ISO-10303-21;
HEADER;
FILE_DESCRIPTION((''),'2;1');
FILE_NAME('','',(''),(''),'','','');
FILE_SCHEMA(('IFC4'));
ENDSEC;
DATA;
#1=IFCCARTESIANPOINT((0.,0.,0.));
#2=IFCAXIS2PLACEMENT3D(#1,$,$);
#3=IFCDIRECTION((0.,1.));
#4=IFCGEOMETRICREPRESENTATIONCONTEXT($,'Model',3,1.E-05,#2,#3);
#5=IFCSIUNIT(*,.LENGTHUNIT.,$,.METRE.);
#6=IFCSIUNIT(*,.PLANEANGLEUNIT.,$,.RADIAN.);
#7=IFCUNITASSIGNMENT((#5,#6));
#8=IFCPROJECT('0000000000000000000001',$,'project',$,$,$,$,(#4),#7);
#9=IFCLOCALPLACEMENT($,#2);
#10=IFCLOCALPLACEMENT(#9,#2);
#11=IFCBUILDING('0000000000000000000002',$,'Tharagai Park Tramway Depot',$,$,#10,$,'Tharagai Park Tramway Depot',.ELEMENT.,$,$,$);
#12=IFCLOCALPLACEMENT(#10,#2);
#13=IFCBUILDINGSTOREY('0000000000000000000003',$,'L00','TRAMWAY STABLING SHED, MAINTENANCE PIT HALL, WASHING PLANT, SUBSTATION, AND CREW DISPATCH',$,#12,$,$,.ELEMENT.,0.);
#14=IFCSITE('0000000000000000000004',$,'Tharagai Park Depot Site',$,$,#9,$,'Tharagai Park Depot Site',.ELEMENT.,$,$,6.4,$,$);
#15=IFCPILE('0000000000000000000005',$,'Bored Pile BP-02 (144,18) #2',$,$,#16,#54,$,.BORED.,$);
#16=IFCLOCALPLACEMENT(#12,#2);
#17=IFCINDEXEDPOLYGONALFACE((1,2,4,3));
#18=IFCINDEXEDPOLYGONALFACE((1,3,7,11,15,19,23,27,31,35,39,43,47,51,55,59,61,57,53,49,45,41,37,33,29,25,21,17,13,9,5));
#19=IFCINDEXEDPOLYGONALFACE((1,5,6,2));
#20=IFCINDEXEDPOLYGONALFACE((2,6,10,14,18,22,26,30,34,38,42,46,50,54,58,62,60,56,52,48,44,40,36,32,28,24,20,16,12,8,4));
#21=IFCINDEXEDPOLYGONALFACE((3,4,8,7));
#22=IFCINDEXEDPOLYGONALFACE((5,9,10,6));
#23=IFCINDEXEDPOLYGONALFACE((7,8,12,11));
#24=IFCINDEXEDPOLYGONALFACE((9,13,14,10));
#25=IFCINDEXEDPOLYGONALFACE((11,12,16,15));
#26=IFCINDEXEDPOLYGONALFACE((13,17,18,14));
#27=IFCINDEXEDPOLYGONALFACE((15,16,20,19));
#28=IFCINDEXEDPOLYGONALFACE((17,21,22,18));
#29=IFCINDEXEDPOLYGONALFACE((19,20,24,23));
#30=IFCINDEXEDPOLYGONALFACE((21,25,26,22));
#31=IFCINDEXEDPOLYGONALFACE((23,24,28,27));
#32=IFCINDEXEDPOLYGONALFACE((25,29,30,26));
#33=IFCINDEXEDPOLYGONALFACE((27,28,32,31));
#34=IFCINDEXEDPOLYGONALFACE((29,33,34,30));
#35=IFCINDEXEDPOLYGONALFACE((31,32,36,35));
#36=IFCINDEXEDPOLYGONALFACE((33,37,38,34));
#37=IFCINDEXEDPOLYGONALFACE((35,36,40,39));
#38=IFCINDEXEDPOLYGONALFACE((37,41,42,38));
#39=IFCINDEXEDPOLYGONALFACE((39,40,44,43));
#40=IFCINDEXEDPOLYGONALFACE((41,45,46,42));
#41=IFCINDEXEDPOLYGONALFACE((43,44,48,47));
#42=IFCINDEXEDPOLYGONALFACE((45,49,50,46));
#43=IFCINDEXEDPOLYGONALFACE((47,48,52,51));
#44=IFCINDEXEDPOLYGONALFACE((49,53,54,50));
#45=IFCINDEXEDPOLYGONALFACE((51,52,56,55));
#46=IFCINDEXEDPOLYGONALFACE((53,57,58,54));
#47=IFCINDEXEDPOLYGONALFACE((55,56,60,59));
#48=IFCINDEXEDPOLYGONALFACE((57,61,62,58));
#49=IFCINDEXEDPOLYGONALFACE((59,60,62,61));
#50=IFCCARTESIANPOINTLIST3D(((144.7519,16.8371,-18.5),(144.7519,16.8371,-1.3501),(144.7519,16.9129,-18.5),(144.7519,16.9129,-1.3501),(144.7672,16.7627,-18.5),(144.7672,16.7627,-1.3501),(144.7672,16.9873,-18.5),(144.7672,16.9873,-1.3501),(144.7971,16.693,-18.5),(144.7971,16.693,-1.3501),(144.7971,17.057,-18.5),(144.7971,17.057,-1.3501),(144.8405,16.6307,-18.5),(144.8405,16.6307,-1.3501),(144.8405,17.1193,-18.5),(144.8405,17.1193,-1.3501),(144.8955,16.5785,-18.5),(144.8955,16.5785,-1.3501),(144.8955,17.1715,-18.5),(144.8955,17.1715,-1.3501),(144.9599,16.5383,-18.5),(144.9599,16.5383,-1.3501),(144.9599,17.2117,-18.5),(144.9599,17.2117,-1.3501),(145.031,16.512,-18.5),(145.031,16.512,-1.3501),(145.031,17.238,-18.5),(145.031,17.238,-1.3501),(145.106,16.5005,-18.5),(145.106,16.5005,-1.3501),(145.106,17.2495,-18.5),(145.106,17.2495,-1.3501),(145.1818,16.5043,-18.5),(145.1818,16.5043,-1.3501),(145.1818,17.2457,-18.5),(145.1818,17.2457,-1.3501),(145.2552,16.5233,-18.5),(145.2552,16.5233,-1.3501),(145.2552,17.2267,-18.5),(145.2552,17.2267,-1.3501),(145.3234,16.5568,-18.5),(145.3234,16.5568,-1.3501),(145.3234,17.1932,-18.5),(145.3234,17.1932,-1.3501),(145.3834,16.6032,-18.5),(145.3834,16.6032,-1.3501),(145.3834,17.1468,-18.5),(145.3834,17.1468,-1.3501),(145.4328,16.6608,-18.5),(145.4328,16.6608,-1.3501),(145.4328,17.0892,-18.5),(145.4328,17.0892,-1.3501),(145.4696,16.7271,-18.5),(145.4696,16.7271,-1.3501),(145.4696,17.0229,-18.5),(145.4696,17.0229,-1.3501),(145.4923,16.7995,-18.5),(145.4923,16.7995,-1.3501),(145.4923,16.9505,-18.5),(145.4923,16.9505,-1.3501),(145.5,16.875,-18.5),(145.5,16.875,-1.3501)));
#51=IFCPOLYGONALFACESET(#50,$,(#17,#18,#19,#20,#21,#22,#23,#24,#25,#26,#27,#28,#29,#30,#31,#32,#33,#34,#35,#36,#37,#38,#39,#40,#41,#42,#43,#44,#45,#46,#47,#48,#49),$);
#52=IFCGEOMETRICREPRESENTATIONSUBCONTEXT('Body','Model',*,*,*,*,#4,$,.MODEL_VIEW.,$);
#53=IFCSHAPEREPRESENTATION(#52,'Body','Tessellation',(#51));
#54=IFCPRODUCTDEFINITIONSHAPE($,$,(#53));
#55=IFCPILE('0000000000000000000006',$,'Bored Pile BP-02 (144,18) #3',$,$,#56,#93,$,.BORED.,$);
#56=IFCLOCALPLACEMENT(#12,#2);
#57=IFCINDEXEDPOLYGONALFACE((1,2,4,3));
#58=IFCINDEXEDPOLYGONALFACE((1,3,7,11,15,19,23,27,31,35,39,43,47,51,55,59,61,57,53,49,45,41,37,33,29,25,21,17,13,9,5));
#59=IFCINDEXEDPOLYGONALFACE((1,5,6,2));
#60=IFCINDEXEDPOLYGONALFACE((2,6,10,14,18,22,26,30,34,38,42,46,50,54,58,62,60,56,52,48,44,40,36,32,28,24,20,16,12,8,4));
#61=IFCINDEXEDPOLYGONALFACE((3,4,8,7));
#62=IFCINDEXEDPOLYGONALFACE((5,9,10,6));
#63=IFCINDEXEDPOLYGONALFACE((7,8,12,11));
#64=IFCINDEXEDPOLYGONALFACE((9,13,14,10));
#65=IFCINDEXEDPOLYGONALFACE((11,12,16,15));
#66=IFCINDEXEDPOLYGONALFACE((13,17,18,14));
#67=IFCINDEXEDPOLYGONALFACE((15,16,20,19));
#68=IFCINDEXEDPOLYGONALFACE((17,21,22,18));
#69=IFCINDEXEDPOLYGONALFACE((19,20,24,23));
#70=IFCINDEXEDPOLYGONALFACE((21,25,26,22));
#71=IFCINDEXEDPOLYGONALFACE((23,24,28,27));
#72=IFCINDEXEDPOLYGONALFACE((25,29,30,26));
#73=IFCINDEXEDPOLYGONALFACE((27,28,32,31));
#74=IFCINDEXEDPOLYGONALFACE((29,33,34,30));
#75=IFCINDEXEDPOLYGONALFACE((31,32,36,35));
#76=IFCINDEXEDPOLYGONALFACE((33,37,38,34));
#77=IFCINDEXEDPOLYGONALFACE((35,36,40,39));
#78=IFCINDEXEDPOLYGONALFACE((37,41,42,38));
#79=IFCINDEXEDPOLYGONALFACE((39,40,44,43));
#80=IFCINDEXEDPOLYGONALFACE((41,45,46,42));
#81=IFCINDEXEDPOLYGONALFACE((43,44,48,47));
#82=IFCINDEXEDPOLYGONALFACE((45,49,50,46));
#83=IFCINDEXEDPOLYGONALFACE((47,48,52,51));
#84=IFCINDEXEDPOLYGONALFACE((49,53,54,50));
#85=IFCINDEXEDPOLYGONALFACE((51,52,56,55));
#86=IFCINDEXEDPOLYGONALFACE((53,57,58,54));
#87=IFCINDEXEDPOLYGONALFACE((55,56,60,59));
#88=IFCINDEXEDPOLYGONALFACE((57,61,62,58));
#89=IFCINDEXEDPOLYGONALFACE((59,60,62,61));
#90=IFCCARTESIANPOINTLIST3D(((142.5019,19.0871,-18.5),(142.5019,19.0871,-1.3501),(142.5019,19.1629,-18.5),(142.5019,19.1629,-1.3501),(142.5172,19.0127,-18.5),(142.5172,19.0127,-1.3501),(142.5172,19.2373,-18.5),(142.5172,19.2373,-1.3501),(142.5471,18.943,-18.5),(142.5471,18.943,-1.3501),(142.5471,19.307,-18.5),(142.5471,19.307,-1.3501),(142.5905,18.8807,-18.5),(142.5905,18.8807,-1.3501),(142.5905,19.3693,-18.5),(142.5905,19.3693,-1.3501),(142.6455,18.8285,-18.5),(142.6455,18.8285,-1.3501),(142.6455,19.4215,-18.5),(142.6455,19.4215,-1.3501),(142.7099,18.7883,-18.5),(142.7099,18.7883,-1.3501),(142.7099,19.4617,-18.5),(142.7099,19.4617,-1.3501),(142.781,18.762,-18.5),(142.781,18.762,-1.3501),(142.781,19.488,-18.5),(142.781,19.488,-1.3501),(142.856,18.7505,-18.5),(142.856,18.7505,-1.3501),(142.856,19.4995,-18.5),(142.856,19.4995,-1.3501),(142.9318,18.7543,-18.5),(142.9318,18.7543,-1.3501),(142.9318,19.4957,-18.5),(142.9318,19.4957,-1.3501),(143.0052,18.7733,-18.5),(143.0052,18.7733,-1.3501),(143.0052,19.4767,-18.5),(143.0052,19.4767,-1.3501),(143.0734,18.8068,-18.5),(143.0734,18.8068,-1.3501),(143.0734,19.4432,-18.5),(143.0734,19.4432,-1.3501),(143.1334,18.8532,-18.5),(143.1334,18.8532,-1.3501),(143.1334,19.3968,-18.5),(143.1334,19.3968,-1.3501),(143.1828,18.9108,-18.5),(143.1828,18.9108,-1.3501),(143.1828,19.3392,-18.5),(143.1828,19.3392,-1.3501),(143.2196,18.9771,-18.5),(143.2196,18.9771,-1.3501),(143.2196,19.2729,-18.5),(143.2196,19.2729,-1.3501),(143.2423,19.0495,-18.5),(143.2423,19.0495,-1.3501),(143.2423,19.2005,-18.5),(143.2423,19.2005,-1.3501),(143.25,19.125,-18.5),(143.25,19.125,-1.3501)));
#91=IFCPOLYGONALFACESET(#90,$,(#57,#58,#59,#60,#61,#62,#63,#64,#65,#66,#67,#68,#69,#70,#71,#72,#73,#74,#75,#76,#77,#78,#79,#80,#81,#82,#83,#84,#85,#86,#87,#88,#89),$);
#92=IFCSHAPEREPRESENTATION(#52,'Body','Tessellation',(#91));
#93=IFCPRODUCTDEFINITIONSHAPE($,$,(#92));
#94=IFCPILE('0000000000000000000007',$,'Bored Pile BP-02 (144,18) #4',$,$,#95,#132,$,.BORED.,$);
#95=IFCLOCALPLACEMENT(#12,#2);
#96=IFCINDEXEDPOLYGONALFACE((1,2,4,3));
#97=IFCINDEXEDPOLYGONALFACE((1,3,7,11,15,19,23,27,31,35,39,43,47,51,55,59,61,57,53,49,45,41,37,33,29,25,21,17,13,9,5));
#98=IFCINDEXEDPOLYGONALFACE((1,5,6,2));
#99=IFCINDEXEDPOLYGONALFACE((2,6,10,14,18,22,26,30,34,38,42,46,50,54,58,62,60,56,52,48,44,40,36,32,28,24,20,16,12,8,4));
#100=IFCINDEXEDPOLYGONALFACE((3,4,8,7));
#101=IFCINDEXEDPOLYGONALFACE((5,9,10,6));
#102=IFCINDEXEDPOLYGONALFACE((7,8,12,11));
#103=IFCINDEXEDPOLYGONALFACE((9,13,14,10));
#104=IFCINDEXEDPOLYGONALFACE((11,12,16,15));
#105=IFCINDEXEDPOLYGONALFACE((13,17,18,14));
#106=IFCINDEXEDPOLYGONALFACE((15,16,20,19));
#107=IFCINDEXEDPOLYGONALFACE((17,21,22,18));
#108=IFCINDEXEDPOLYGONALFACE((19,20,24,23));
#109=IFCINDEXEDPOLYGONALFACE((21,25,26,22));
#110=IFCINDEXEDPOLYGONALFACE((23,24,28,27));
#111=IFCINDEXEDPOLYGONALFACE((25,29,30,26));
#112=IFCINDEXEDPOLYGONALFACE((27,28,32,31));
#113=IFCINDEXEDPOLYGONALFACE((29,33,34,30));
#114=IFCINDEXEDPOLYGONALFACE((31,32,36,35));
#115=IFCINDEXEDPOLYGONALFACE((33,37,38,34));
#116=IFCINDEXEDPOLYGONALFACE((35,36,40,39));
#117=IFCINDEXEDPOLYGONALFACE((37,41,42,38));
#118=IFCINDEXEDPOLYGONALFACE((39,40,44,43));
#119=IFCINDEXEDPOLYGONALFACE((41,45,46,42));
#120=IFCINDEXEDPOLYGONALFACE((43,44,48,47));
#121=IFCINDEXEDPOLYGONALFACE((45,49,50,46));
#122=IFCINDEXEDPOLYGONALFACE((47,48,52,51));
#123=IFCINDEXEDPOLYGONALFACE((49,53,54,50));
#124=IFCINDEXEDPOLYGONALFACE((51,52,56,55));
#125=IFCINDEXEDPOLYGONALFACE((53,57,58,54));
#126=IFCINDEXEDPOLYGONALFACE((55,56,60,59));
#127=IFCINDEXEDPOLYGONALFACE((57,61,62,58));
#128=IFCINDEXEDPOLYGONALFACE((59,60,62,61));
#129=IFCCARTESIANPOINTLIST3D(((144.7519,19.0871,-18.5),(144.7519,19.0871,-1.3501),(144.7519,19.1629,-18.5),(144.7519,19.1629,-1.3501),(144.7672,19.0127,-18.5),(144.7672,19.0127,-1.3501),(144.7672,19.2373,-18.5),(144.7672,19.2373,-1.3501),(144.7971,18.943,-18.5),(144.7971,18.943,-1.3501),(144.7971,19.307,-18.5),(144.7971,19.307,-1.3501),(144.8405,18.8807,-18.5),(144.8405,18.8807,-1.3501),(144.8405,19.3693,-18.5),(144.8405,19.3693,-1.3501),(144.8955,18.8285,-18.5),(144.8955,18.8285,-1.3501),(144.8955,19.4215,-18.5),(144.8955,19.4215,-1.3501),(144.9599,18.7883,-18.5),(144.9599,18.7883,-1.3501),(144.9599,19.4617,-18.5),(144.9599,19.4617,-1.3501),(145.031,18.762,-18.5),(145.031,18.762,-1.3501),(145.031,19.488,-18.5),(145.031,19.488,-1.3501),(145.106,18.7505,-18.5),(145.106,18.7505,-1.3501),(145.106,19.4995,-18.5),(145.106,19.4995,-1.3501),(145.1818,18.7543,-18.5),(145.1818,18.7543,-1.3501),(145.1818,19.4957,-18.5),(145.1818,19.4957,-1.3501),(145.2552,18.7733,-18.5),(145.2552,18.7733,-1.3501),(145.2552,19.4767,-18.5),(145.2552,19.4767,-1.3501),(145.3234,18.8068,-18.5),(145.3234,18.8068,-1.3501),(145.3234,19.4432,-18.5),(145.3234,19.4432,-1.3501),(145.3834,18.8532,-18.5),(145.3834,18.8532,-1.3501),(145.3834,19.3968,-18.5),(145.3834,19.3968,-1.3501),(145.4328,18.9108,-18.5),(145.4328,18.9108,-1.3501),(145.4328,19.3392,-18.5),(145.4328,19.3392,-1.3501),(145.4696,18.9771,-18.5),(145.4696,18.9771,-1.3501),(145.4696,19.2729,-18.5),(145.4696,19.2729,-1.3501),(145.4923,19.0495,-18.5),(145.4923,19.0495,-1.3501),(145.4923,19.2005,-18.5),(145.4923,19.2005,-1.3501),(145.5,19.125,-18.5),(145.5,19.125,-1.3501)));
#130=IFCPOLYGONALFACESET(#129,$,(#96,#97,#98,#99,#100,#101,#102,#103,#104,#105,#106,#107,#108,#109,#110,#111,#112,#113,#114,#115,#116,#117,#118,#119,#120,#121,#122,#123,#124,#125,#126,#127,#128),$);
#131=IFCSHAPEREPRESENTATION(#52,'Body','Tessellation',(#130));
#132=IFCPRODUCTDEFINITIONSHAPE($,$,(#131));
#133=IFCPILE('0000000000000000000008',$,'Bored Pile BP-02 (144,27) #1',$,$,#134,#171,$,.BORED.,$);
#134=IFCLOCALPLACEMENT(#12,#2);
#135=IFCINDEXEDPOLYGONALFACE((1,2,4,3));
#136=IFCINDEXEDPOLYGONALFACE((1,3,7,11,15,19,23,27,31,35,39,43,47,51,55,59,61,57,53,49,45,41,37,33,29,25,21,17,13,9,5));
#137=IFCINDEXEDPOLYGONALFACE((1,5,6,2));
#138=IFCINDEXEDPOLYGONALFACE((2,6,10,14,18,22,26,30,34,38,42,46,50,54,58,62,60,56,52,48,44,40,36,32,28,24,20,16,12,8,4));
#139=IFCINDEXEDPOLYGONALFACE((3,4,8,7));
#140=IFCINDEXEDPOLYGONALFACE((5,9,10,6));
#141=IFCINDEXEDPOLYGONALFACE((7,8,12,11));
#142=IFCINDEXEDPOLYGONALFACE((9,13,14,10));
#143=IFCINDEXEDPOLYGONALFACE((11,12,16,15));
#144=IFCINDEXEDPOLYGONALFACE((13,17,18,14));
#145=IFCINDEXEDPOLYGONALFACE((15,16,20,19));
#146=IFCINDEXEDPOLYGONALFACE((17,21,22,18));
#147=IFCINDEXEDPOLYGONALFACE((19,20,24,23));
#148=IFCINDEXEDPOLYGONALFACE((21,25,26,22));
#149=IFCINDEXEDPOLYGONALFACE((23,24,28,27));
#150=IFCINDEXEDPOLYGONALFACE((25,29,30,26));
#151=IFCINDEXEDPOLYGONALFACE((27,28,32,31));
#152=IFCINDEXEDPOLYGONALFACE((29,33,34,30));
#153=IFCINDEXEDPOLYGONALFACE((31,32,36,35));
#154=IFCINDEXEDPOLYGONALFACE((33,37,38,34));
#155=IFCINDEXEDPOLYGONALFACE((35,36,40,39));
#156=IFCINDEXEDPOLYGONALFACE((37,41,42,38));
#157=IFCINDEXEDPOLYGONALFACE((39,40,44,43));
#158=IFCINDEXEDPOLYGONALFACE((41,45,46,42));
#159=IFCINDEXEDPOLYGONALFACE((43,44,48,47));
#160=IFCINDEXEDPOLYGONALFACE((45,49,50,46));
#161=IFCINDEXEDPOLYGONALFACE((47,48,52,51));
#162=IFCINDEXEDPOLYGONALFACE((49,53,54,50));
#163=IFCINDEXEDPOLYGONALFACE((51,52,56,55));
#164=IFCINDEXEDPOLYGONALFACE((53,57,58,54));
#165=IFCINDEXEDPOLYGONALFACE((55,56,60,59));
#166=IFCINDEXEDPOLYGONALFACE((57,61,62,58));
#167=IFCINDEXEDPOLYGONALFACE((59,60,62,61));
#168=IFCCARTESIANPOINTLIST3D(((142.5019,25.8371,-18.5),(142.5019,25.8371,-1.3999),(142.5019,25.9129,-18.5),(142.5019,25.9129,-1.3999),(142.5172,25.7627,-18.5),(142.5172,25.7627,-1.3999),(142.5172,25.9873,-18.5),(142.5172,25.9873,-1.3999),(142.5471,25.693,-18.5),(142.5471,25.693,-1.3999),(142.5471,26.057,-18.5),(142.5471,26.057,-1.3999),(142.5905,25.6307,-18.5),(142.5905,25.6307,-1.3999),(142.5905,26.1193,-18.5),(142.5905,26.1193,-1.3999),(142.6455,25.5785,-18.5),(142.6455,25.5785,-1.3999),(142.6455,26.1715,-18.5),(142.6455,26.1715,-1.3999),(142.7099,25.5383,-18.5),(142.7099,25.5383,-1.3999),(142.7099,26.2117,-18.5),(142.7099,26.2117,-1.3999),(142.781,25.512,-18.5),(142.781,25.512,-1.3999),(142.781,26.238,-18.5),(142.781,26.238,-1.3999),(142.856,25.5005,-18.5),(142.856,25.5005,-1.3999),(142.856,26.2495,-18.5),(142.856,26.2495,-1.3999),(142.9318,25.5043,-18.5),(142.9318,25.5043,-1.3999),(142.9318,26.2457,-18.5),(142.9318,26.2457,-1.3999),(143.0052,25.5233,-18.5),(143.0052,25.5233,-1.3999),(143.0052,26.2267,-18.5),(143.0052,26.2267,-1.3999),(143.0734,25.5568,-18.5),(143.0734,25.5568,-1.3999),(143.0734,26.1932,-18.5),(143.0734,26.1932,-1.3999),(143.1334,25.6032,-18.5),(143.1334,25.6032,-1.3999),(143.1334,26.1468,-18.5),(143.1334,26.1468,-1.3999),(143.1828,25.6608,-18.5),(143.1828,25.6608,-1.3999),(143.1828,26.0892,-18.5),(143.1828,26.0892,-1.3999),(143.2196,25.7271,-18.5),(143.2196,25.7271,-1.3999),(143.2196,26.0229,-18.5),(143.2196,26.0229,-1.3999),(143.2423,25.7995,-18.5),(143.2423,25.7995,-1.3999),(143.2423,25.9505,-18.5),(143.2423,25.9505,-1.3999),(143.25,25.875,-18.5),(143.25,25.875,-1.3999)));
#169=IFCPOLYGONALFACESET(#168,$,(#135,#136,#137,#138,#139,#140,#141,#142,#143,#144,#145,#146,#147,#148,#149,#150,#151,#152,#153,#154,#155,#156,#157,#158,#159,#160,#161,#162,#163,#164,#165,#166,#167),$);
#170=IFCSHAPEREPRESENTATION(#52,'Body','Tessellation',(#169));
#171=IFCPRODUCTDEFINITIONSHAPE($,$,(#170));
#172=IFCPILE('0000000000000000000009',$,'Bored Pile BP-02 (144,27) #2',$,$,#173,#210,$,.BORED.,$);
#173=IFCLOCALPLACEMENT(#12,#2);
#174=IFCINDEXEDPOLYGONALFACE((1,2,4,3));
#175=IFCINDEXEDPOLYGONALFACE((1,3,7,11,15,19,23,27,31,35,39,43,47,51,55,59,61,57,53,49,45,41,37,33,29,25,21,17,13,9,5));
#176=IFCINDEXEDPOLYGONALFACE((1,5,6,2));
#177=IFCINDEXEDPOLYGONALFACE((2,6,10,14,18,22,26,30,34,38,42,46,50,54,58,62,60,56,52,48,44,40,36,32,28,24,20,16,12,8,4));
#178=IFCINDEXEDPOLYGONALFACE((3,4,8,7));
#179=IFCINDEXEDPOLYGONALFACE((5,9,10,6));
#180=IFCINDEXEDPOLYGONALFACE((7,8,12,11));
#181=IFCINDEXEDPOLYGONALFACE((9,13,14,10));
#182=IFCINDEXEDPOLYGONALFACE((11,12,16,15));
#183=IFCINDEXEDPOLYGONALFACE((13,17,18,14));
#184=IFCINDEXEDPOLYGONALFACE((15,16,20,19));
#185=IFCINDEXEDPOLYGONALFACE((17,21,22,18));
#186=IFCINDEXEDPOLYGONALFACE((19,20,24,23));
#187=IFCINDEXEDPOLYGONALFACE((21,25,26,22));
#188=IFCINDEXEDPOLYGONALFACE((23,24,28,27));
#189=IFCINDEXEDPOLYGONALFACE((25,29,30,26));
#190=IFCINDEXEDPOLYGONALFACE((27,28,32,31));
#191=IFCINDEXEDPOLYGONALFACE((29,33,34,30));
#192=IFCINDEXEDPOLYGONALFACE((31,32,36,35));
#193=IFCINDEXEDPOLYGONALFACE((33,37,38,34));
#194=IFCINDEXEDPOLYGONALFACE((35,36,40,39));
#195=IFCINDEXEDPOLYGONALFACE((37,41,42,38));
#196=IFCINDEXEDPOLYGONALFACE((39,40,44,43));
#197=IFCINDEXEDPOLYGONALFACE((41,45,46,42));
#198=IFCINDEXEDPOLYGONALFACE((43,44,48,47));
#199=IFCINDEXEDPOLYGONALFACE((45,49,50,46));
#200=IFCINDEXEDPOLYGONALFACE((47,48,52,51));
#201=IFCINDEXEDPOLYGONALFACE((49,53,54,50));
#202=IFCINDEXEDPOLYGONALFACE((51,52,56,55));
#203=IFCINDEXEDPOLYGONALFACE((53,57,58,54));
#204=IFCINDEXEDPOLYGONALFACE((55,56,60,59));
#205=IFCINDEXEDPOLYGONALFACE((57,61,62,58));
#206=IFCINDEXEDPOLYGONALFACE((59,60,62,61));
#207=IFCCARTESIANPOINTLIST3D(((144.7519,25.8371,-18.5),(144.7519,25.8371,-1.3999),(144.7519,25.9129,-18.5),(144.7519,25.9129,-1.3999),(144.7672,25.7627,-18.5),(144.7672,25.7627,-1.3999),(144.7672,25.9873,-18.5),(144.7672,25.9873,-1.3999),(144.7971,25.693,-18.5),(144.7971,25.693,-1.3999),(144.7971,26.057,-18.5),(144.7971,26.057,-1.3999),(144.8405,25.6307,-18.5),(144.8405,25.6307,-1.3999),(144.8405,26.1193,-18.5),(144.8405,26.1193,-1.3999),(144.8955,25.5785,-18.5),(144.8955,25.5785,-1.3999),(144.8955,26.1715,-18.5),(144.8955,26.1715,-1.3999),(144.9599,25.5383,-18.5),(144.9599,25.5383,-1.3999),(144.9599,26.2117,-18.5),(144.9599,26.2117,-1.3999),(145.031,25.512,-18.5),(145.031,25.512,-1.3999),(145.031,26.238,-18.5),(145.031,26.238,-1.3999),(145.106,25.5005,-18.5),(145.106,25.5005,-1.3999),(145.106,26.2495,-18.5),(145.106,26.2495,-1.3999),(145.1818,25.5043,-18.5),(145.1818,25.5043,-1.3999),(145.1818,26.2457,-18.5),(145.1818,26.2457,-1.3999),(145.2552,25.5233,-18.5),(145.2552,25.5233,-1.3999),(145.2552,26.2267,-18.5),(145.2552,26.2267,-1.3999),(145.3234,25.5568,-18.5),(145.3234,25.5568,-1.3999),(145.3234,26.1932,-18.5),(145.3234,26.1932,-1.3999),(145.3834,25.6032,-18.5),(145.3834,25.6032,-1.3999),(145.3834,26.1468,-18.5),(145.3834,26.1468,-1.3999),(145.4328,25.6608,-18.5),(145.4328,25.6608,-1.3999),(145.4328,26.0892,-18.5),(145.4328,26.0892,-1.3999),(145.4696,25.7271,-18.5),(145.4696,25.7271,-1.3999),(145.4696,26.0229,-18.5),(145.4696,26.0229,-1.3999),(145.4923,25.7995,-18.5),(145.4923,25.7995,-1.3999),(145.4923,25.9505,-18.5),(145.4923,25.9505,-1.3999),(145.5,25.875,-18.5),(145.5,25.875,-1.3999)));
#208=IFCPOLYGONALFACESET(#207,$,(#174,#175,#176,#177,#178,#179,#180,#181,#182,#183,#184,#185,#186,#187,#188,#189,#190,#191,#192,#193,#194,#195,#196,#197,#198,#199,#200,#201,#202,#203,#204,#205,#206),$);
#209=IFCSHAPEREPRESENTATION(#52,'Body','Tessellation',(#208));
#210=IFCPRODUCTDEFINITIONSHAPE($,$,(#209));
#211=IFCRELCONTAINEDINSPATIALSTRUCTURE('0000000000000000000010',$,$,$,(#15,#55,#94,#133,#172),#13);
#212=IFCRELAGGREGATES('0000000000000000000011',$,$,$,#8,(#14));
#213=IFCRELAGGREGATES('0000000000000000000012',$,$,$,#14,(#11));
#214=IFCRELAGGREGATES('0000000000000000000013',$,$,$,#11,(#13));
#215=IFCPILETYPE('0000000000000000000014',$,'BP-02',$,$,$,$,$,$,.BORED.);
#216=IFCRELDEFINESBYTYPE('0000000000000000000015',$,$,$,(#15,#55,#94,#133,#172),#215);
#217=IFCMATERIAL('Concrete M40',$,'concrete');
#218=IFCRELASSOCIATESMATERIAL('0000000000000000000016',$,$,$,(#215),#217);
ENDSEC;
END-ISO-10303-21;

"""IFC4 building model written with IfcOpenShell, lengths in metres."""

from ifc_helpers import new_model, si_unit, direction, frame, origin, origin_2d, place, context, subcontext, project, spatial, circle, extrude, material, material_profile, profile_set, type_object, element, save


model = new_model("IFC4")

# Units and contexts
model_context = context("Model", 3, precision=1e-05, world=origin(), true_north=direction((0.0, 1.0)))
body_context = subcontext(model_context, "Body", "Model", "MODEL_VIEW")
ifc_project = project(units=[si_unit("LENGTHUNIT", "METRE"), si_unit("PLANEANGLEUNIT", "RADIAN")], contexts=[model_context])

# Site, building, storey
site_placement = place(None, origin())
site = spatial("IfcSite", under=ifc_project, at=site_placement, Name="Tharagai Park Depot Site", LongName="Tharagai Park Depot Site", CompositionType="ELEMENT", RefElevation=6.4)
building_placement = place(site_placement, origin())
building = spatial("IfcBuilding", under=site, at=building_placement, Name="Tharagai Park Tramway Depot", LongName="Tharagai Park Tramway Depot", CompositionType="ELEMENT")
storey_placement = place(building_placement, origin())
storey = spatial("IfcBuildingStorey", under=building, at=storey_placement, Name="L00", Description="TRAMWAY STABLING SHED, MAINTENANCE PIT HALL, WASHING PLANT, SUBSTATION, AND CREW DISPATCH", CompositionType="ELEMENT", Elevation=0.0)

# Piles
ifc_material_1 = material(Name="Concrete M40", Category="concrete")
ifc_material_profile_1 = material_profile(ifc_material_1, circle(Radius=0.375, at=origin_2d()), Name="PILE D750")
ifc_profile_set_1 = profile_set([ifc_material_profile_1], Name="Concrete M40")
pile_type_1 = type_object("IfcPileType", Name="BP-02", PredefinedType="BORED", material=ifc_profile_set_1)
for number, where, z_axis, x_axis, name in (
    (1, (145.125, 16.875, -1.3501), (0.0, 0.0, -1.0), (1.0, 0.0, 0.0), "Bored Pile BP-02 (144,18) #2"),
    (2, (142.875, 19.125, -1.3501), (0.0, 0.0, -1.0), (1.0, 0.0, 0.0), "Bored Pile BP-02 (144,18) #3"),
    (3, (145.125, 19.125, -1.3501), (0.0, 0.0, -1.0), (1.0, 0.0, 0.0), "Bored Pile BP-02 (144,18) #4"),
):
    element("IfcPile", number, at=place(storey_placement, frame(where, z_axis=z_axis, x_axis=x_axis)), inside=storey, type_object=pile_type_1, Name=name, PredefinedType="BORED", context=body_context, shape_type="SweptSolid", body=[
        extrude(circle(Radius=0.375, at=origin_2d()), origin(), (0.0, 0.0, 1.0), 17.1499),
    ])
for number, where, z_axis, x_axis, name in (
    (4, (142.875, 25.875, -1.3999), (0.0, 0.0, -1.0), (1.0, 0.0, 0.0), "Bored Pile BP-02 (144,27) #1"),
    (5, (145.125, 25.875, -1.3999), (0.0, 0.0, -1.0), (1.0, 0.0, 0.0), "Bored Pile BP-02 (144,27) #2"),
):
    element("IfcPile", number, at=place(storey_placement, frame(where, z_axis=z_axis, x_axis=x_axis)), inside=storey, type_object=pile_type_1, Name=name, PredefinedType="BORED", context=body_context, shape_type="SweptSolid", body=[
        extrude(circle(Radius=0.375, at=origin_2d()), origin(), (0.0, 0.0, 1.0), 17.1001),
    ])

save(model, "model.ifc")
